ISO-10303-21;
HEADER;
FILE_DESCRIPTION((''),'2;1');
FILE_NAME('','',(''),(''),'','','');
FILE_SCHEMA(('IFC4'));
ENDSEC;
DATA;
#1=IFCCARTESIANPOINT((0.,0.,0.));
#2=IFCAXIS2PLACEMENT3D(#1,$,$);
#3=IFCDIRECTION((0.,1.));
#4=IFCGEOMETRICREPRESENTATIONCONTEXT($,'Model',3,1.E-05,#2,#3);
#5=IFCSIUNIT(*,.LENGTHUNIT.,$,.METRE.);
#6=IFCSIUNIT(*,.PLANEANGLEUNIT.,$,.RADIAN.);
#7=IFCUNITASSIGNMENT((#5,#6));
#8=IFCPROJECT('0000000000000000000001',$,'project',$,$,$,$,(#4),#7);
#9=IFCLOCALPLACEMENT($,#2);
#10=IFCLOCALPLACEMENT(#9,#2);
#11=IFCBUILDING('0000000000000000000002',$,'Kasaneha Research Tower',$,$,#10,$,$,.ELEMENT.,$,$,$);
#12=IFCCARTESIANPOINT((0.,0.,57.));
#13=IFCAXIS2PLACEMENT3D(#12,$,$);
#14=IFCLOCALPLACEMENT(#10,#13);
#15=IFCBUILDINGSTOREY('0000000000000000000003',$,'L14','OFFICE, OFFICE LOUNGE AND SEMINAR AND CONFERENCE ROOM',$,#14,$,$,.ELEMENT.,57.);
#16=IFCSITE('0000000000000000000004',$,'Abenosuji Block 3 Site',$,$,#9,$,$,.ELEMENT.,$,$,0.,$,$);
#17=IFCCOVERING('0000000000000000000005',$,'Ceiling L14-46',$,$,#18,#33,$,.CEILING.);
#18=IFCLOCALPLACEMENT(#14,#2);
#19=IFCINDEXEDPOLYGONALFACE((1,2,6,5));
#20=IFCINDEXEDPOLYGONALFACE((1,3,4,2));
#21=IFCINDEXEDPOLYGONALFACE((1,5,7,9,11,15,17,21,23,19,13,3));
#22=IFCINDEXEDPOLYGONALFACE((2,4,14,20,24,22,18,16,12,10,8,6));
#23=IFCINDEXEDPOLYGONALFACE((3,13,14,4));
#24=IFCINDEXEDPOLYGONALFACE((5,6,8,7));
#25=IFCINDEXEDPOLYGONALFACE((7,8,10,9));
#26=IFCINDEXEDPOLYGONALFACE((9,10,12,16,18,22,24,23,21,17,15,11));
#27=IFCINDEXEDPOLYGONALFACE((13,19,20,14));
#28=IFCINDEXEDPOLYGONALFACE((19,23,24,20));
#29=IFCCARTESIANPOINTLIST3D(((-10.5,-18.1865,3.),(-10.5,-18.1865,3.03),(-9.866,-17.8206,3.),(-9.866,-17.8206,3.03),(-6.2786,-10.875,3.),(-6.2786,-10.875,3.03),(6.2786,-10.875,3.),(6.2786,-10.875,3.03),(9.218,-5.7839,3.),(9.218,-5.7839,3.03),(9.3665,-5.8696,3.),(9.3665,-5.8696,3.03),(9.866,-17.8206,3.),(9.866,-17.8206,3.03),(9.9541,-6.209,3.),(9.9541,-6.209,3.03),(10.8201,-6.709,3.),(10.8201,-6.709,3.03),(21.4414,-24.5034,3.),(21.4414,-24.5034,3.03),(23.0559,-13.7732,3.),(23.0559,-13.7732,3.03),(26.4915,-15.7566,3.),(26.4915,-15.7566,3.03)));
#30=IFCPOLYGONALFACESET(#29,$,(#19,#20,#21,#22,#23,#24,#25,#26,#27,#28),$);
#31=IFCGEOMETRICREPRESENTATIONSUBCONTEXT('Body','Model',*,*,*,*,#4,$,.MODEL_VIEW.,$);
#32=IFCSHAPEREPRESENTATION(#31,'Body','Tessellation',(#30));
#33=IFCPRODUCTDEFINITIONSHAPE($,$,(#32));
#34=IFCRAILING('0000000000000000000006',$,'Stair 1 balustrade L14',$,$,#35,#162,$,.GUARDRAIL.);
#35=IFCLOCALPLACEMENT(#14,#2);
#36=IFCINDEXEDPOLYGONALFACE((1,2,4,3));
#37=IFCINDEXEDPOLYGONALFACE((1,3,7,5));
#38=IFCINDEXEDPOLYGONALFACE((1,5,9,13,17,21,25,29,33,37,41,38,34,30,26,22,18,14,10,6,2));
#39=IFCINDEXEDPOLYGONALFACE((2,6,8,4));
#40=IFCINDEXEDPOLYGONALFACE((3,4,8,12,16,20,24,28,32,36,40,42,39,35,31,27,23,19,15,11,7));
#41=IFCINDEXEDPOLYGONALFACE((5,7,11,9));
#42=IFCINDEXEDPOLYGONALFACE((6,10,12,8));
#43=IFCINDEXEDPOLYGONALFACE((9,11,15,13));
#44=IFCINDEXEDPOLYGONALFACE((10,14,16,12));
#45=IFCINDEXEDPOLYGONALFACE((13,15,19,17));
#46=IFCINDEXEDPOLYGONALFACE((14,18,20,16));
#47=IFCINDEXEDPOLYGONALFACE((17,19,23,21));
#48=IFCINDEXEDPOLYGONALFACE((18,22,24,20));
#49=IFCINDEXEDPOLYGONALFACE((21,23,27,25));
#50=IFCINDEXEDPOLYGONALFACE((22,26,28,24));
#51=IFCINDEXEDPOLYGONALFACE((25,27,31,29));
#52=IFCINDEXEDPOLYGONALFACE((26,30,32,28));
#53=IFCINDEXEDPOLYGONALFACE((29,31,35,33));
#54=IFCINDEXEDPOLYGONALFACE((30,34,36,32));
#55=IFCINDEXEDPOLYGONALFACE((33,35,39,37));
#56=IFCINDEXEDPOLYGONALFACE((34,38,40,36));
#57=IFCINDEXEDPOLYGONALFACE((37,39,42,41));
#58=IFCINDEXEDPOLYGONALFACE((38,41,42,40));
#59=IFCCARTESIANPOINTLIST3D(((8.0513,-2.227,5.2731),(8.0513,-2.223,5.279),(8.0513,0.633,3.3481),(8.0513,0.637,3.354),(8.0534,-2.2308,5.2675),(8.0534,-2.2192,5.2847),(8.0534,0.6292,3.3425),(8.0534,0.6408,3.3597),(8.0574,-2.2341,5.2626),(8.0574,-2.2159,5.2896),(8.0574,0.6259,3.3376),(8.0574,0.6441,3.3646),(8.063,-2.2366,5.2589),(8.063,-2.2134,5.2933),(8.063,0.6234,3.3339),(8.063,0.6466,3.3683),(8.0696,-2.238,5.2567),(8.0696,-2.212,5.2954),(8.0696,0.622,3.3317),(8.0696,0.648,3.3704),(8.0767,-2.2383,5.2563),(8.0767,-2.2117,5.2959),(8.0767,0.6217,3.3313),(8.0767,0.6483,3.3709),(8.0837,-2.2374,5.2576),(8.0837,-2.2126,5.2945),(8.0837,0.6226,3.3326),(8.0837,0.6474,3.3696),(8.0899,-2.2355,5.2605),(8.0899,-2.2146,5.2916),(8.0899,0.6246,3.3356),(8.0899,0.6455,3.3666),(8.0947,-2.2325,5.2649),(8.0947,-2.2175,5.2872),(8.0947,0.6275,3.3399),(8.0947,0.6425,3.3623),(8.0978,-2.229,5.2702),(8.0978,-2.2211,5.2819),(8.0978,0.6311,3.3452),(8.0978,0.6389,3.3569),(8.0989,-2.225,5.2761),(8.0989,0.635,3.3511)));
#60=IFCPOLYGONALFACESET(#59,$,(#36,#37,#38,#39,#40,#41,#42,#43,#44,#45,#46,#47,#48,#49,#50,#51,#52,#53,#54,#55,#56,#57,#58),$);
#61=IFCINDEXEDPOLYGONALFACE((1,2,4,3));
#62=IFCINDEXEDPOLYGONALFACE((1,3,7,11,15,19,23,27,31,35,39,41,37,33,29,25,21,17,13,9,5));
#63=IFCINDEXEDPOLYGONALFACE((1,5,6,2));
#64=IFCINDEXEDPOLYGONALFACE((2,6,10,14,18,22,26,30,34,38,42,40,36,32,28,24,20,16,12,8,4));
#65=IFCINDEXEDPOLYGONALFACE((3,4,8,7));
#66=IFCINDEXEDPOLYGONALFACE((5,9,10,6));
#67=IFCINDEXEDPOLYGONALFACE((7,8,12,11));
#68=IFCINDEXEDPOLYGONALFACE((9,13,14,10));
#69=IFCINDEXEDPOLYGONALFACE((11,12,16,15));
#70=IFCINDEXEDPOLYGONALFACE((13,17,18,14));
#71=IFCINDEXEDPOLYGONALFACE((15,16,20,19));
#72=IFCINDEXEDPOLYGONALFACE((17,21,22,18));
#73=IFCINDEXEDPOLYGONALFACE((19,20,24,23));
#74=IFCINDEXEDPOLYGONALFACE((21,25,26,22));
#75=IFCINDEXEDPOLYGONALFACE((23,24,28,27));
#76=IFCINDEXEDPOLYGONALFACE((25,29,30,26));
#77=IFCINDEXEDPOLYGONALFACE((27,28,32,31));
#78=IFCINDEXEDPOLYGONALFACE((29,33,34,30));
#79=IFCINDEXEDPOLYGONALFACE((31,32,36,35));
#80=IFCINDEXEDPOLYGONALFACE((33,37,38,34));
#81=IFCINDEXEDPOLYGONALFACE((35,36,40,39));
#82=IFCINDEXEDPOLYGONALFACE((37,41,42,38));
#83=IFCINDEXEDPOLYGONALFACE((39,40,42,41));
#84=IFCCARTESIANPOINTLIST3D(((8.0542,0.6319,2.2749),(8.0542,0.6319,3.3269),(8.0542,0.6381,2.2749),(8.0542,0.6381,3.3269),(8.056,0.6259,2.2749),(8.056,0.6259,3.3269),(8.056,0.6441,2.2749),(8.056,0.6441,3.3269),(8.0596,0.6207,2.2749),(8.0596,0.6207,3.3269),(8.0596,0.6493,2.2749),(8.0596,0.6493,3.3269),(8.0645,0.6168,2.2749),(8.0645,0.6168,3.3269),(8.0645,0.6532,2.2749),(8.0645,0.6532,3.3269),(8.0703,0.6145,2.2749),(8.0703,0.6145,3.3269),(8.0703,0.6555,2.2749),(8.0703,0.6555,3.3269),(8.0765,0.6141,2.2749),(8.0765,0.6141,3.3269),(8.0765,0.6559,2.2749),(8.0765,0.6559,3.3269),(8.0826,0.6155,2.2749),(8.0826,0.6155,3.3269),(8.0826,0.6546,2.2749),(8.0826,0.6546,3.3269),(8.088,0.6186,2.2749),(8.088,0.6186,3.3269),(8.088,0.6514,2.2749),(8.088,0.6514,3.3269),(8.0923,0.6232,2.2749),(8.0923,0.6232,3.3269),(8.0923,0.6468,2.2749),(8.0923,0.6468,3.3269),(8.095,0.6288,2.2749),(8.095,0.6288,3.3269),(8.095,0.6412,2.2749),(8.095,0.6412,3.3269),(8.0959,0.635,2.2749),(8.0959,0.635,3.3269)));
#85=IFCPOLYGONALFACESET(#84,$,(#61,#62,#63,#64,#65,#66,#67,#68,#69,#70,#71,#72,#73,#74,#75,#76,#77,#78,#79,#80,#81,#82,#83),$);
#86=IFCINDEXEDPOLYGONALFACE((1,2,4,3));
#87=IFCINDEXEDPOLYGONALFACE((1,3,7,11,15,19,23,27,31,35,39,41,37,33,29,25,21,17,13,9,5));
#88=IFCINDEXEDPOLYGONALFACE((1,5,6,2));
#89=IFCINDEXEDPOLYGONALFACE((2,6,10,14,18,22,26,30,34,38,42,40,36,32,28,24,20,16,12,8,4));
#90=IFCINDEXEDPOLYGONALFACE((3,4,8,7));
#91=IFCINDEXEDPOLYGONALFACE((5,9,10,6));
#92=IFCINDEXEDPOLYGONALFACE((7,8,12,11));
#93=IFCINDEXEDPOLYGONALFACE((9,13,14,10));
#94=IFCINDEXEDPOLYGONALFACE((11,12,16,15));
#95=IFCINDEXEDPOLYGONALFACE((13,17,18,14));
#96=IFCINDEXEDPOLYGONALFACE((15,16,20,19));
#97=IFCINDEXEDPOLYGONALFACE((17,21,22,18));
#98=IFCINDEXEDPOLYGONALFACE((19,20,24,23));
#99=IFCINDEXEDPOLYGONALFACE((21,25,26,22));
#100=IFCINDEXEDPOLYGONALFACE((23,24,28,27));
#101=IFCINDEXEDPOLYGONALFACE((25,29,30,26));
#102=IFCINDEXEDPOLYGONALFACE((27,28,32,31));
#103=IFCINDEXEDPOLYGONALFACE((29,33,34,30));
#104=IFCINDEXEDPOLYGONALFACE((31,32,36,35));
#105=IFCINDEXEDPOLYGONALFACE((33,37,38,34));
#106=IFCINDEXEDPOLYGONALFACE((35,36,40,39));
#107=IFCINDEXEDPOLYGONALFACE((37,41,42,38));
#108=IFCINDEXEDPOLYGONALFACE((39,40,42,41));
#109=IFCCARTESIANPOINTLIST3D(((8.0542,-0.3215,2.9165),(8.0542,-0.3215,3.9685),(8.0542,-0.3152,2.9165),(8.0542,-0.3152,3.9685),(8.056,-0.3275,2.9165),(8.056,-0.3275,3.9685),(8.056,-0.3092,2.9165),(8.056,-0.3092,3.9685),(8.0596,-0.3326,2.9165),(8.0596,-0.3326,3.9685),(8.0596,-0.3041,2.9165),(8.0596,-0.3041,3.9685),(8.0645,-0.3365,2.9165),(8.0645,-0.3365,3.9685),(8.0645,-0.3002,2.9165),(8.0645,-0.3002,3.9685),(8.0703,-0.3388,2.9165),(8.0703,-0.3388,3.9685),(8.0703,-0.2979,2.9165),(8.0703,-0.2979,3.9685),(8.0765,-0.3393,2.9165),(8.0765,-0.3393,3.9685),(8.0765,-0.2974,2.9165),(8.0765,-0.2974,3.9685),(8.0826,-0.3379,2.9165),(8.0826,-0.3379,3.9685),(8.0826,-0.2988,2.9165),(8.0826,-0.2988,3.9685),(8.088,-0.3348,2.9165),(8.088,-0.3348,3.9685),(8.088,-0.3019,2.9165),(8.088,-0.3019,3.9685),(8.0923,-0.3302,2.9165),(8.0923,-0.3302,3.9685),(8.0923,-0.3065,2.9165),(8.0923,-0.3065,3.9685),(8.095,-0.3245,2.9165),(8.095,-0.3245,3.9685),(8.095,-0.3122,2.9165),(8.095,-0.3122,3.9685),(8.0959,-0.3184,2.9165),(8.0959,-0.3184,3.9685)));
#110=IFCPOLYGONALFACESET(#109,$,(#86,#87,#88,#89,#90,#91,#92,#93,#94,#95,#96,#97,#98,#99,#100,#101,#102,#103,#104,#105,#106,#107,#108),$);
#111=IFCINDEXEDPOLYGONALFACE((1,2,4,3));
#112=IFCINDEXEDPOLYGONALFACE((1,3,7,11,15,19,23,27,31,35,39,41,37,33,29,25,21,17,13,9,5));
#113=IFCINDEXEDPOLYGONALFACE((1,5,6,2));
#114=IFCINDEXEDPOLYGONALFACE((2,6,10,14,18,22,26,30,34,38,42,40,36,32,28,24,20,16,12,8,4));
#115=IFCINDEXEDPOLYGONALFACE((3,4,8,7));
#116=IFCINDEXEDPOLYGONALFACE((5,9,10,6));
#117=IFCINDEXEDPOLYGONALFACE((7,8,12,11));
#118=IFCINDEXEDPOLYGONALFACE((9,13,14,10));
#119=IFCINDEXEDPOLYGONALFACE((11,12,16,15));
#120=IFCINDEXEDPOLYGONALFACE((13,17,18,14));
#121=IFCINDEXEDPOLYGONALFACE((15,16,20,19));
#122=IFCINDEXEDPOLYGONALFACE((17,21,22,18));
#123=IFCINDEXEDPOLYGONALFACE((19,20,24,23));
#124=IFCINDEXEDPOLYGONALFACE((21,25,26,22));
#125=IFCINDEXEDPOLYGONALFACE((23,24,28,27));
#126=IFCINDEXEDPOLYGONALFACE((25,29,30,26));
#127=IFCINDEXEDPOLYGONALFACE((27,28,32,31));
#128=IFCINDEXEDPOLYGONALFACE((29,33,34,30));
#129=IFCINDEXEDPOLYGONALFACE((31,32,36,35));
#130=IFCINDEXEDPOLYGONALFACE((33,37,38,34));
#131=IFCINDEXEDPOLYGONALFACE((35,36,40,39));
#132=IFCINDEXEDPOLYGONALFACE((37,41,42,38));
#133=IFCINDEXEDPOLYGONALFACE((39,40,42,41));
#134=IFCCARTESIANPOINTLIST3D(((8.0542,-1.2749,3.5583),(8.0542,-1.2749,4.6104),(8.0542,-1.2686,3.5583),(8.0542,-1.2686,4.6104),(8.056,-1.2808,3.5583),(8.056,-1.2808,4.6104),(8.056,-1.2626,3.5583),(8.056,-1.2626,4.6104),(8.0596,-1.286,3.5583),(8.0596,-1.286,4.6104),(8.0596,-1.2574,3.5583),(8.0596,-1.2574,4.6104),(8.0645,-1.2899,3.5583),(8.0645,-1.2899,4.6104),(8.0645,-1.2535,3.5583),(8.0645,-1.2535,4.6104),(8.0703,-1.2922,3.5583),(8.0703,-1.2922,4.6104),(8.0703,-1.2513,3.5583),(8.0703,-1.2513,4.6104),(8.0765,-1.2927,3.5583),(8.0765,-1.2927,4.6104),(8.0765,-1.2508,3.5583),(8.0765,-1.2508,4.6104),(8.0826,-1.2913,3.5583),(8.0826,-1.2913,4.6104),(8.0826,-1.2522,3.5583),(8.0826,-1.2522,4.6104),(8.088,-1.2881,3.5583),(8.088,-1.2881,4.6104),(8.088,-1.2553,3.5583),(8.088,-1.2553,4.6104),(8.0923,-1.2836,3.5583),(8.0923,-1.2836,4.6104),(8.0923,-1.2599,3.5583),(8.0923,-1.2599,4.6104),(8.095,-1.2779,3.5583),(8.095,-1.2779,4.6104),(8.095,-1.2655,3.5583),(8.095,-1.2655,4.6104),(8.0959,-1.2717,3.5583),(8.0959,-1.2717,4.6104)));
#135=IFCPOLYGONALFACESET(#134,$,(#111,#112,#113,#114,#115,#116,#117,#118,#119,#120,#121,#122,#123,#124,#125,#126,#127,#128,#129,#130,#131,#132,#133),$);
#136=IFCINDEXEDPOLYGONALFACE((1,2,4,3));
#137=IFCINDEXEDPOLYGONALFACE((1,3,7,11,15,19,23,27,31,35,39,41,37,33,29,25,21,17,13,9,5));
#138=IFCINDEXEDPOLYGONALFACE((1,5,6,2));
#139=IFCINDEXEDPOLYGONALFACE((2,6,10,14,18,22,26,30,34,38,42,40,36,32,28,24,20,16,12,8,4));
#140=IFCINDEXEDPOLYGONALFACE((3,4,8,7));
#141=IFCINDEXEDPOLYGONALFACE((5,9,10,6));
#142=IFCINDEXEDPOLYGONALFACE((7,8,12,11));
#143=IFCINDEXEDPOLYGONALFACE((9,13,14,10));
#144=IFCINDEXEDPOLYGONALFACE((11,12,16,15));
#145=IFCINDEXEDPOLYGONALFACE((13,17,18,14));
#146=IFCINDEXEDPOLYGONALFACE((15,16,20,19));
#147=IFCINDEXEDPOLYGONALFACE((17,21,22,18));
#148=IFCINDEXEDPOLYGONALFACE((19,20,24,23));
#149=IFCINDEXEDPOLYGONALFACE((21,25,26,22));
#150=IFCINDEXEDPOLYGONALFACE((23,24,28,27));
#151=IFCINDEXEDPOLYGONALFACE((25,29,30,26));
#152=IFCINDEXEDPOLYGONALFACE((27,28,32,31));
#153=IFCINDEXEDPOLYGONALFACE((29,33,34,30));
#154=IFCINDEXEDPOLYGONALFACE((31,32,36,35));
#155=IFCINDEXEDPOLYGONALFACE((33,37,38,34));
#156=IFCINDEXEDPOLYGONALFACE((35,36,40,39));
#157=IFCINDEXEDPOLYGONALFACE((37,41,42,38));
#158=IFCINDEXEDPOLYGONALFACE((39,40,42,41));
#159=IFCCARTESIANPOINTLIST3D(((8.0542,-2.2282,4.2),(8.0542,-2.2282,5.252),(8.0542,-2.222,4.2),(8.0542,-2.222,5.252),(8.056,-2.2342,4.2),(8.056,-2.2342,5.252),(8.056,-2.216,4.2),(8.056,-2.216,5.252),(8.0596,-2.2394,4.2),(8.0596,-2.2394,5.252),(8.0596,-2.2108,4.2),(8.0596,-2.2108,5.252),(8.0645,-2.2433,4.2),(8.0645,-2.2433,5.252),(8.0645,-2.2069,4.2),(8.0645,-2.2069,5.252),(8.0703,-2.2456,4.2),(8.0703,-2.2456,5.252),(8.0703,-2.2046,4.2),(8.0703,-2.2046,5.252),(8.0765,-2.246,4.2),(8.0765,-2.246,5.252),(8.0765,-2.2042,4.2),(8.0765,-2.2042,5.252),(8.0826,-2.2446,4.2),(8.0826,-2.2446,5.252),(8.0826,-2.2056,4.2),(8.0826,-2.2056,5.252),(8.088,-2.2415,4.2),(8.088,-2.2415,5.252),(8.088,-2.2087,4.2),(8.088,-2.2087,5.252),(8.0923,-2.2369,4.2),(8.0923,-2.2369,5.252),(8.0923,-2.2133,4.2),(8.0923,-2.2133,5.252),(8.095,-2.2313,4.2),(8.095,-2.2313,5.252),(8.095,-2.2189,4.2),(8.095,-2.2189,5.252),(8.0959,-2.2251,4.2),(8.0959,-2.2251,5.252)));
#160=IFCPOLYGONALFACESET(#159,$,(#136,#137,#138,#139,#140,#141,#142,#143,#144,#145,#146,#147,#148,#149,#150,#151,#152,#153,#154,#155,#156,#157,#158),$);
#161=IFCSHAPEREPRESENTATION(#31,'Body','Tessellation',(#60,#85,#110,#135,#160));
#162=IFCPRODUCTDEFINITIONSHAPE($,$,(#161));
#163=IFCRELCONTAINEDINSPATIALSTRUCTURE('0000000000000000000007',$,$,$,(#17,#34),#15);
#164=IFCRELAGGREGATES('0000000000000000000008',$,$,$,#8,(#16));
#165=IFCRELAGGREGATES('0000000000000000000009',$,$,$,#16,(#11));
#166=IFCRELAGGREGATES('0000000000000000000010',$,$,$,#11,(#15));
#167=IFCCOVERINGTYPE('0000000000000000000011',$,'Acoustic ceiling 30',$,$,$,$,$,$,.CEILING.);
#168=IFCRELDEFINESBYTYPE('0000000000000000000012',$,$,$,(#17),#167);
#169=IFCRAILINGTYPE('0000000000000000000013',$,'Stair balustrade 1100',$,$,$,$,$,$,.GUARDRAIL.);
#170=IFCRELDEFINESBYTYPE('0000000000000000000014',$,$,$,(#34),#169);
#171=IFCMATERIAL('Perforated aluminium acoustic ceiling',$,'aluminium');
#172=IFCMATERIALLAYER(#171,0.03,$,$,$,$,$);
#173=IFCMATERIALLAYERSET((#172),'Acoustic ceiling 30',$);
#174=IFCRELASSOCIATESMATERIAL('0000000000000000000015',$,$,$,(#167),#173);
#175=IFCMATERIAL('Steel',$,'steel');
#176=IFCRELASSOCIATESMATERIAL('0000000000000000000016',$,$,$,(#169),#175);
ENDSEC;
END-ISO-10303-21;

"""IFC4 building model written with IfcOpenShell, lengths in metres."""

from ifc_helpers import new_model, si_unit, direction, frame, origin, origin_2d, place, context, subcontext, project, spatial, polyline, circle, outline, extrude, material, layer, layer_set, type_object, element, save


model = new_model("IFC4")

# Units and contexts
model_context = context("Model", 3, precision=1e-05, world=origin(), true_north=direction((0.0, 1.0)))
body_context = subcontext(model_context, "Body", "Model", "MODEL_VIEW")
ifc_project = project(units=[si_unit("LENGTHUNIT", "METRE"), si_unit("PLANEANGLEUNIT", "RADIAN")], contexts=[model_context])

# Site, building, storey
site_placement = place(None, origin())
site = spatial("IfcSite", under=ifc_project, at=site_placement, Name="Abenosuji Block 3 Site", CompositionType="ELEMENT", RefElevation=0.0)
building_placement = place(site_placement, origin())
building = spatial("IfcBuilding", under=site, at=building_placement, Name="Kasaneha Research Tower", CompositionType="ELEMENT")
storey_placement = place(building_placement, frame((0.0, 0.0, 57.0)))
storey = spatial("IfcBuildingStorey", under=building, at=storey_placement, Name="L14", Description="OFFICE, OFFICE LOUNGE AND SEMINAR AND CONFERENCE ROOM", CompositionType="ELEMENT", Elevation=57.0)

# Covering
ifc_material_1 = material(Name="Perforated aluminium acoustic ceiling", Category="aluminium")
ifc_layer_1 = layer(ifc_material_1, 0.03)
ifc_layer_set_1 = layer_set([ifc_layer_1], Name="Acoustic ceiling 30")
covering_type = type_object("IfcCoveringType", Name="Acoustic ceiling 30", PredefinedType="CEILING", material=ifc_layer_set_1)
covering_1_placement = place(storey_placement, frame((0.0, 0.0, 3.0)))
element("IfcCovering", 1, at=covering_1_placement, inside=storey, type_object=covering_type, Name="Ceiling L14-46", PredefinedType="CEILING", context=body_context, shape_type="SweptSolid", body=[
    extrude(outline(polyline([(-10.5, -18.1865), (-6.2786, -10.875), (6.2786, -10.875), (9.218, -5.7839), (9.3665, -5.8696), (9.9541, -6.209), (9.9541, -6.209), (10.8201, -6.709), (23.0559, -13.7732), (26.4915, -15.7566), (21.4414, -24.5034), (9.866, -17.8206), (-9.866, -17.8206), (-10.5, -18.1865)])), origin(), (0.0, 0.0, 1.0), 0.03),
])

# Railing
ifc_material_2 = material(Name="Steel", Category="steel")
railing_type_1 = type_object("IfcRailingType", Name="Stair balustrade 1100", PredefinedType="GUARDRAIL", material=ifc_material_2)
railing_1_placement = place(storey_placement, frame((8.075, 0.635, 2.2749)))
element("IfcRailing", 2, at=railing_1_placement, inside=storey, type_object=railing_type_1, Name="Stair 1 balustrade L14", PredefinedType="GUARDRAIL", context=body_context, shape_type="SweptSolid", body=[
    extrude(circle(Radius=0.0239, at=origin_2d()), frame((0.0, 0.0, 1.0762), z_axis=(0.0, -0.829591, 0.558372), x_axis=(1.0, 0.0, 0.0)), (0.0, 0.0, 1.0), 3.4475),
    extrude(circle(Radius=0.021, at=origin_2d()), origin(), (0.0, 0.0, 1.0), 1.052),
    extrude(circle(Radius=0.021, at=origin_2d()), frame((0.0, -0.9534, 0.6416)), (0.0, 0.0, 1.0), 1.052),
    extrude(circle(Radius=0.021, at=origin_2d()), frame((0.0, -1.9067, 1.2834)), (0.0, 0.0, 1.0), 1.052),
    extrude(circle(Radius=0.021, at=origin_2d()), frame((0.0, -2.8601, 1.925)), (0.0, 0.0, 1.0), 1.052),
])

save(model, "model.ifc")
